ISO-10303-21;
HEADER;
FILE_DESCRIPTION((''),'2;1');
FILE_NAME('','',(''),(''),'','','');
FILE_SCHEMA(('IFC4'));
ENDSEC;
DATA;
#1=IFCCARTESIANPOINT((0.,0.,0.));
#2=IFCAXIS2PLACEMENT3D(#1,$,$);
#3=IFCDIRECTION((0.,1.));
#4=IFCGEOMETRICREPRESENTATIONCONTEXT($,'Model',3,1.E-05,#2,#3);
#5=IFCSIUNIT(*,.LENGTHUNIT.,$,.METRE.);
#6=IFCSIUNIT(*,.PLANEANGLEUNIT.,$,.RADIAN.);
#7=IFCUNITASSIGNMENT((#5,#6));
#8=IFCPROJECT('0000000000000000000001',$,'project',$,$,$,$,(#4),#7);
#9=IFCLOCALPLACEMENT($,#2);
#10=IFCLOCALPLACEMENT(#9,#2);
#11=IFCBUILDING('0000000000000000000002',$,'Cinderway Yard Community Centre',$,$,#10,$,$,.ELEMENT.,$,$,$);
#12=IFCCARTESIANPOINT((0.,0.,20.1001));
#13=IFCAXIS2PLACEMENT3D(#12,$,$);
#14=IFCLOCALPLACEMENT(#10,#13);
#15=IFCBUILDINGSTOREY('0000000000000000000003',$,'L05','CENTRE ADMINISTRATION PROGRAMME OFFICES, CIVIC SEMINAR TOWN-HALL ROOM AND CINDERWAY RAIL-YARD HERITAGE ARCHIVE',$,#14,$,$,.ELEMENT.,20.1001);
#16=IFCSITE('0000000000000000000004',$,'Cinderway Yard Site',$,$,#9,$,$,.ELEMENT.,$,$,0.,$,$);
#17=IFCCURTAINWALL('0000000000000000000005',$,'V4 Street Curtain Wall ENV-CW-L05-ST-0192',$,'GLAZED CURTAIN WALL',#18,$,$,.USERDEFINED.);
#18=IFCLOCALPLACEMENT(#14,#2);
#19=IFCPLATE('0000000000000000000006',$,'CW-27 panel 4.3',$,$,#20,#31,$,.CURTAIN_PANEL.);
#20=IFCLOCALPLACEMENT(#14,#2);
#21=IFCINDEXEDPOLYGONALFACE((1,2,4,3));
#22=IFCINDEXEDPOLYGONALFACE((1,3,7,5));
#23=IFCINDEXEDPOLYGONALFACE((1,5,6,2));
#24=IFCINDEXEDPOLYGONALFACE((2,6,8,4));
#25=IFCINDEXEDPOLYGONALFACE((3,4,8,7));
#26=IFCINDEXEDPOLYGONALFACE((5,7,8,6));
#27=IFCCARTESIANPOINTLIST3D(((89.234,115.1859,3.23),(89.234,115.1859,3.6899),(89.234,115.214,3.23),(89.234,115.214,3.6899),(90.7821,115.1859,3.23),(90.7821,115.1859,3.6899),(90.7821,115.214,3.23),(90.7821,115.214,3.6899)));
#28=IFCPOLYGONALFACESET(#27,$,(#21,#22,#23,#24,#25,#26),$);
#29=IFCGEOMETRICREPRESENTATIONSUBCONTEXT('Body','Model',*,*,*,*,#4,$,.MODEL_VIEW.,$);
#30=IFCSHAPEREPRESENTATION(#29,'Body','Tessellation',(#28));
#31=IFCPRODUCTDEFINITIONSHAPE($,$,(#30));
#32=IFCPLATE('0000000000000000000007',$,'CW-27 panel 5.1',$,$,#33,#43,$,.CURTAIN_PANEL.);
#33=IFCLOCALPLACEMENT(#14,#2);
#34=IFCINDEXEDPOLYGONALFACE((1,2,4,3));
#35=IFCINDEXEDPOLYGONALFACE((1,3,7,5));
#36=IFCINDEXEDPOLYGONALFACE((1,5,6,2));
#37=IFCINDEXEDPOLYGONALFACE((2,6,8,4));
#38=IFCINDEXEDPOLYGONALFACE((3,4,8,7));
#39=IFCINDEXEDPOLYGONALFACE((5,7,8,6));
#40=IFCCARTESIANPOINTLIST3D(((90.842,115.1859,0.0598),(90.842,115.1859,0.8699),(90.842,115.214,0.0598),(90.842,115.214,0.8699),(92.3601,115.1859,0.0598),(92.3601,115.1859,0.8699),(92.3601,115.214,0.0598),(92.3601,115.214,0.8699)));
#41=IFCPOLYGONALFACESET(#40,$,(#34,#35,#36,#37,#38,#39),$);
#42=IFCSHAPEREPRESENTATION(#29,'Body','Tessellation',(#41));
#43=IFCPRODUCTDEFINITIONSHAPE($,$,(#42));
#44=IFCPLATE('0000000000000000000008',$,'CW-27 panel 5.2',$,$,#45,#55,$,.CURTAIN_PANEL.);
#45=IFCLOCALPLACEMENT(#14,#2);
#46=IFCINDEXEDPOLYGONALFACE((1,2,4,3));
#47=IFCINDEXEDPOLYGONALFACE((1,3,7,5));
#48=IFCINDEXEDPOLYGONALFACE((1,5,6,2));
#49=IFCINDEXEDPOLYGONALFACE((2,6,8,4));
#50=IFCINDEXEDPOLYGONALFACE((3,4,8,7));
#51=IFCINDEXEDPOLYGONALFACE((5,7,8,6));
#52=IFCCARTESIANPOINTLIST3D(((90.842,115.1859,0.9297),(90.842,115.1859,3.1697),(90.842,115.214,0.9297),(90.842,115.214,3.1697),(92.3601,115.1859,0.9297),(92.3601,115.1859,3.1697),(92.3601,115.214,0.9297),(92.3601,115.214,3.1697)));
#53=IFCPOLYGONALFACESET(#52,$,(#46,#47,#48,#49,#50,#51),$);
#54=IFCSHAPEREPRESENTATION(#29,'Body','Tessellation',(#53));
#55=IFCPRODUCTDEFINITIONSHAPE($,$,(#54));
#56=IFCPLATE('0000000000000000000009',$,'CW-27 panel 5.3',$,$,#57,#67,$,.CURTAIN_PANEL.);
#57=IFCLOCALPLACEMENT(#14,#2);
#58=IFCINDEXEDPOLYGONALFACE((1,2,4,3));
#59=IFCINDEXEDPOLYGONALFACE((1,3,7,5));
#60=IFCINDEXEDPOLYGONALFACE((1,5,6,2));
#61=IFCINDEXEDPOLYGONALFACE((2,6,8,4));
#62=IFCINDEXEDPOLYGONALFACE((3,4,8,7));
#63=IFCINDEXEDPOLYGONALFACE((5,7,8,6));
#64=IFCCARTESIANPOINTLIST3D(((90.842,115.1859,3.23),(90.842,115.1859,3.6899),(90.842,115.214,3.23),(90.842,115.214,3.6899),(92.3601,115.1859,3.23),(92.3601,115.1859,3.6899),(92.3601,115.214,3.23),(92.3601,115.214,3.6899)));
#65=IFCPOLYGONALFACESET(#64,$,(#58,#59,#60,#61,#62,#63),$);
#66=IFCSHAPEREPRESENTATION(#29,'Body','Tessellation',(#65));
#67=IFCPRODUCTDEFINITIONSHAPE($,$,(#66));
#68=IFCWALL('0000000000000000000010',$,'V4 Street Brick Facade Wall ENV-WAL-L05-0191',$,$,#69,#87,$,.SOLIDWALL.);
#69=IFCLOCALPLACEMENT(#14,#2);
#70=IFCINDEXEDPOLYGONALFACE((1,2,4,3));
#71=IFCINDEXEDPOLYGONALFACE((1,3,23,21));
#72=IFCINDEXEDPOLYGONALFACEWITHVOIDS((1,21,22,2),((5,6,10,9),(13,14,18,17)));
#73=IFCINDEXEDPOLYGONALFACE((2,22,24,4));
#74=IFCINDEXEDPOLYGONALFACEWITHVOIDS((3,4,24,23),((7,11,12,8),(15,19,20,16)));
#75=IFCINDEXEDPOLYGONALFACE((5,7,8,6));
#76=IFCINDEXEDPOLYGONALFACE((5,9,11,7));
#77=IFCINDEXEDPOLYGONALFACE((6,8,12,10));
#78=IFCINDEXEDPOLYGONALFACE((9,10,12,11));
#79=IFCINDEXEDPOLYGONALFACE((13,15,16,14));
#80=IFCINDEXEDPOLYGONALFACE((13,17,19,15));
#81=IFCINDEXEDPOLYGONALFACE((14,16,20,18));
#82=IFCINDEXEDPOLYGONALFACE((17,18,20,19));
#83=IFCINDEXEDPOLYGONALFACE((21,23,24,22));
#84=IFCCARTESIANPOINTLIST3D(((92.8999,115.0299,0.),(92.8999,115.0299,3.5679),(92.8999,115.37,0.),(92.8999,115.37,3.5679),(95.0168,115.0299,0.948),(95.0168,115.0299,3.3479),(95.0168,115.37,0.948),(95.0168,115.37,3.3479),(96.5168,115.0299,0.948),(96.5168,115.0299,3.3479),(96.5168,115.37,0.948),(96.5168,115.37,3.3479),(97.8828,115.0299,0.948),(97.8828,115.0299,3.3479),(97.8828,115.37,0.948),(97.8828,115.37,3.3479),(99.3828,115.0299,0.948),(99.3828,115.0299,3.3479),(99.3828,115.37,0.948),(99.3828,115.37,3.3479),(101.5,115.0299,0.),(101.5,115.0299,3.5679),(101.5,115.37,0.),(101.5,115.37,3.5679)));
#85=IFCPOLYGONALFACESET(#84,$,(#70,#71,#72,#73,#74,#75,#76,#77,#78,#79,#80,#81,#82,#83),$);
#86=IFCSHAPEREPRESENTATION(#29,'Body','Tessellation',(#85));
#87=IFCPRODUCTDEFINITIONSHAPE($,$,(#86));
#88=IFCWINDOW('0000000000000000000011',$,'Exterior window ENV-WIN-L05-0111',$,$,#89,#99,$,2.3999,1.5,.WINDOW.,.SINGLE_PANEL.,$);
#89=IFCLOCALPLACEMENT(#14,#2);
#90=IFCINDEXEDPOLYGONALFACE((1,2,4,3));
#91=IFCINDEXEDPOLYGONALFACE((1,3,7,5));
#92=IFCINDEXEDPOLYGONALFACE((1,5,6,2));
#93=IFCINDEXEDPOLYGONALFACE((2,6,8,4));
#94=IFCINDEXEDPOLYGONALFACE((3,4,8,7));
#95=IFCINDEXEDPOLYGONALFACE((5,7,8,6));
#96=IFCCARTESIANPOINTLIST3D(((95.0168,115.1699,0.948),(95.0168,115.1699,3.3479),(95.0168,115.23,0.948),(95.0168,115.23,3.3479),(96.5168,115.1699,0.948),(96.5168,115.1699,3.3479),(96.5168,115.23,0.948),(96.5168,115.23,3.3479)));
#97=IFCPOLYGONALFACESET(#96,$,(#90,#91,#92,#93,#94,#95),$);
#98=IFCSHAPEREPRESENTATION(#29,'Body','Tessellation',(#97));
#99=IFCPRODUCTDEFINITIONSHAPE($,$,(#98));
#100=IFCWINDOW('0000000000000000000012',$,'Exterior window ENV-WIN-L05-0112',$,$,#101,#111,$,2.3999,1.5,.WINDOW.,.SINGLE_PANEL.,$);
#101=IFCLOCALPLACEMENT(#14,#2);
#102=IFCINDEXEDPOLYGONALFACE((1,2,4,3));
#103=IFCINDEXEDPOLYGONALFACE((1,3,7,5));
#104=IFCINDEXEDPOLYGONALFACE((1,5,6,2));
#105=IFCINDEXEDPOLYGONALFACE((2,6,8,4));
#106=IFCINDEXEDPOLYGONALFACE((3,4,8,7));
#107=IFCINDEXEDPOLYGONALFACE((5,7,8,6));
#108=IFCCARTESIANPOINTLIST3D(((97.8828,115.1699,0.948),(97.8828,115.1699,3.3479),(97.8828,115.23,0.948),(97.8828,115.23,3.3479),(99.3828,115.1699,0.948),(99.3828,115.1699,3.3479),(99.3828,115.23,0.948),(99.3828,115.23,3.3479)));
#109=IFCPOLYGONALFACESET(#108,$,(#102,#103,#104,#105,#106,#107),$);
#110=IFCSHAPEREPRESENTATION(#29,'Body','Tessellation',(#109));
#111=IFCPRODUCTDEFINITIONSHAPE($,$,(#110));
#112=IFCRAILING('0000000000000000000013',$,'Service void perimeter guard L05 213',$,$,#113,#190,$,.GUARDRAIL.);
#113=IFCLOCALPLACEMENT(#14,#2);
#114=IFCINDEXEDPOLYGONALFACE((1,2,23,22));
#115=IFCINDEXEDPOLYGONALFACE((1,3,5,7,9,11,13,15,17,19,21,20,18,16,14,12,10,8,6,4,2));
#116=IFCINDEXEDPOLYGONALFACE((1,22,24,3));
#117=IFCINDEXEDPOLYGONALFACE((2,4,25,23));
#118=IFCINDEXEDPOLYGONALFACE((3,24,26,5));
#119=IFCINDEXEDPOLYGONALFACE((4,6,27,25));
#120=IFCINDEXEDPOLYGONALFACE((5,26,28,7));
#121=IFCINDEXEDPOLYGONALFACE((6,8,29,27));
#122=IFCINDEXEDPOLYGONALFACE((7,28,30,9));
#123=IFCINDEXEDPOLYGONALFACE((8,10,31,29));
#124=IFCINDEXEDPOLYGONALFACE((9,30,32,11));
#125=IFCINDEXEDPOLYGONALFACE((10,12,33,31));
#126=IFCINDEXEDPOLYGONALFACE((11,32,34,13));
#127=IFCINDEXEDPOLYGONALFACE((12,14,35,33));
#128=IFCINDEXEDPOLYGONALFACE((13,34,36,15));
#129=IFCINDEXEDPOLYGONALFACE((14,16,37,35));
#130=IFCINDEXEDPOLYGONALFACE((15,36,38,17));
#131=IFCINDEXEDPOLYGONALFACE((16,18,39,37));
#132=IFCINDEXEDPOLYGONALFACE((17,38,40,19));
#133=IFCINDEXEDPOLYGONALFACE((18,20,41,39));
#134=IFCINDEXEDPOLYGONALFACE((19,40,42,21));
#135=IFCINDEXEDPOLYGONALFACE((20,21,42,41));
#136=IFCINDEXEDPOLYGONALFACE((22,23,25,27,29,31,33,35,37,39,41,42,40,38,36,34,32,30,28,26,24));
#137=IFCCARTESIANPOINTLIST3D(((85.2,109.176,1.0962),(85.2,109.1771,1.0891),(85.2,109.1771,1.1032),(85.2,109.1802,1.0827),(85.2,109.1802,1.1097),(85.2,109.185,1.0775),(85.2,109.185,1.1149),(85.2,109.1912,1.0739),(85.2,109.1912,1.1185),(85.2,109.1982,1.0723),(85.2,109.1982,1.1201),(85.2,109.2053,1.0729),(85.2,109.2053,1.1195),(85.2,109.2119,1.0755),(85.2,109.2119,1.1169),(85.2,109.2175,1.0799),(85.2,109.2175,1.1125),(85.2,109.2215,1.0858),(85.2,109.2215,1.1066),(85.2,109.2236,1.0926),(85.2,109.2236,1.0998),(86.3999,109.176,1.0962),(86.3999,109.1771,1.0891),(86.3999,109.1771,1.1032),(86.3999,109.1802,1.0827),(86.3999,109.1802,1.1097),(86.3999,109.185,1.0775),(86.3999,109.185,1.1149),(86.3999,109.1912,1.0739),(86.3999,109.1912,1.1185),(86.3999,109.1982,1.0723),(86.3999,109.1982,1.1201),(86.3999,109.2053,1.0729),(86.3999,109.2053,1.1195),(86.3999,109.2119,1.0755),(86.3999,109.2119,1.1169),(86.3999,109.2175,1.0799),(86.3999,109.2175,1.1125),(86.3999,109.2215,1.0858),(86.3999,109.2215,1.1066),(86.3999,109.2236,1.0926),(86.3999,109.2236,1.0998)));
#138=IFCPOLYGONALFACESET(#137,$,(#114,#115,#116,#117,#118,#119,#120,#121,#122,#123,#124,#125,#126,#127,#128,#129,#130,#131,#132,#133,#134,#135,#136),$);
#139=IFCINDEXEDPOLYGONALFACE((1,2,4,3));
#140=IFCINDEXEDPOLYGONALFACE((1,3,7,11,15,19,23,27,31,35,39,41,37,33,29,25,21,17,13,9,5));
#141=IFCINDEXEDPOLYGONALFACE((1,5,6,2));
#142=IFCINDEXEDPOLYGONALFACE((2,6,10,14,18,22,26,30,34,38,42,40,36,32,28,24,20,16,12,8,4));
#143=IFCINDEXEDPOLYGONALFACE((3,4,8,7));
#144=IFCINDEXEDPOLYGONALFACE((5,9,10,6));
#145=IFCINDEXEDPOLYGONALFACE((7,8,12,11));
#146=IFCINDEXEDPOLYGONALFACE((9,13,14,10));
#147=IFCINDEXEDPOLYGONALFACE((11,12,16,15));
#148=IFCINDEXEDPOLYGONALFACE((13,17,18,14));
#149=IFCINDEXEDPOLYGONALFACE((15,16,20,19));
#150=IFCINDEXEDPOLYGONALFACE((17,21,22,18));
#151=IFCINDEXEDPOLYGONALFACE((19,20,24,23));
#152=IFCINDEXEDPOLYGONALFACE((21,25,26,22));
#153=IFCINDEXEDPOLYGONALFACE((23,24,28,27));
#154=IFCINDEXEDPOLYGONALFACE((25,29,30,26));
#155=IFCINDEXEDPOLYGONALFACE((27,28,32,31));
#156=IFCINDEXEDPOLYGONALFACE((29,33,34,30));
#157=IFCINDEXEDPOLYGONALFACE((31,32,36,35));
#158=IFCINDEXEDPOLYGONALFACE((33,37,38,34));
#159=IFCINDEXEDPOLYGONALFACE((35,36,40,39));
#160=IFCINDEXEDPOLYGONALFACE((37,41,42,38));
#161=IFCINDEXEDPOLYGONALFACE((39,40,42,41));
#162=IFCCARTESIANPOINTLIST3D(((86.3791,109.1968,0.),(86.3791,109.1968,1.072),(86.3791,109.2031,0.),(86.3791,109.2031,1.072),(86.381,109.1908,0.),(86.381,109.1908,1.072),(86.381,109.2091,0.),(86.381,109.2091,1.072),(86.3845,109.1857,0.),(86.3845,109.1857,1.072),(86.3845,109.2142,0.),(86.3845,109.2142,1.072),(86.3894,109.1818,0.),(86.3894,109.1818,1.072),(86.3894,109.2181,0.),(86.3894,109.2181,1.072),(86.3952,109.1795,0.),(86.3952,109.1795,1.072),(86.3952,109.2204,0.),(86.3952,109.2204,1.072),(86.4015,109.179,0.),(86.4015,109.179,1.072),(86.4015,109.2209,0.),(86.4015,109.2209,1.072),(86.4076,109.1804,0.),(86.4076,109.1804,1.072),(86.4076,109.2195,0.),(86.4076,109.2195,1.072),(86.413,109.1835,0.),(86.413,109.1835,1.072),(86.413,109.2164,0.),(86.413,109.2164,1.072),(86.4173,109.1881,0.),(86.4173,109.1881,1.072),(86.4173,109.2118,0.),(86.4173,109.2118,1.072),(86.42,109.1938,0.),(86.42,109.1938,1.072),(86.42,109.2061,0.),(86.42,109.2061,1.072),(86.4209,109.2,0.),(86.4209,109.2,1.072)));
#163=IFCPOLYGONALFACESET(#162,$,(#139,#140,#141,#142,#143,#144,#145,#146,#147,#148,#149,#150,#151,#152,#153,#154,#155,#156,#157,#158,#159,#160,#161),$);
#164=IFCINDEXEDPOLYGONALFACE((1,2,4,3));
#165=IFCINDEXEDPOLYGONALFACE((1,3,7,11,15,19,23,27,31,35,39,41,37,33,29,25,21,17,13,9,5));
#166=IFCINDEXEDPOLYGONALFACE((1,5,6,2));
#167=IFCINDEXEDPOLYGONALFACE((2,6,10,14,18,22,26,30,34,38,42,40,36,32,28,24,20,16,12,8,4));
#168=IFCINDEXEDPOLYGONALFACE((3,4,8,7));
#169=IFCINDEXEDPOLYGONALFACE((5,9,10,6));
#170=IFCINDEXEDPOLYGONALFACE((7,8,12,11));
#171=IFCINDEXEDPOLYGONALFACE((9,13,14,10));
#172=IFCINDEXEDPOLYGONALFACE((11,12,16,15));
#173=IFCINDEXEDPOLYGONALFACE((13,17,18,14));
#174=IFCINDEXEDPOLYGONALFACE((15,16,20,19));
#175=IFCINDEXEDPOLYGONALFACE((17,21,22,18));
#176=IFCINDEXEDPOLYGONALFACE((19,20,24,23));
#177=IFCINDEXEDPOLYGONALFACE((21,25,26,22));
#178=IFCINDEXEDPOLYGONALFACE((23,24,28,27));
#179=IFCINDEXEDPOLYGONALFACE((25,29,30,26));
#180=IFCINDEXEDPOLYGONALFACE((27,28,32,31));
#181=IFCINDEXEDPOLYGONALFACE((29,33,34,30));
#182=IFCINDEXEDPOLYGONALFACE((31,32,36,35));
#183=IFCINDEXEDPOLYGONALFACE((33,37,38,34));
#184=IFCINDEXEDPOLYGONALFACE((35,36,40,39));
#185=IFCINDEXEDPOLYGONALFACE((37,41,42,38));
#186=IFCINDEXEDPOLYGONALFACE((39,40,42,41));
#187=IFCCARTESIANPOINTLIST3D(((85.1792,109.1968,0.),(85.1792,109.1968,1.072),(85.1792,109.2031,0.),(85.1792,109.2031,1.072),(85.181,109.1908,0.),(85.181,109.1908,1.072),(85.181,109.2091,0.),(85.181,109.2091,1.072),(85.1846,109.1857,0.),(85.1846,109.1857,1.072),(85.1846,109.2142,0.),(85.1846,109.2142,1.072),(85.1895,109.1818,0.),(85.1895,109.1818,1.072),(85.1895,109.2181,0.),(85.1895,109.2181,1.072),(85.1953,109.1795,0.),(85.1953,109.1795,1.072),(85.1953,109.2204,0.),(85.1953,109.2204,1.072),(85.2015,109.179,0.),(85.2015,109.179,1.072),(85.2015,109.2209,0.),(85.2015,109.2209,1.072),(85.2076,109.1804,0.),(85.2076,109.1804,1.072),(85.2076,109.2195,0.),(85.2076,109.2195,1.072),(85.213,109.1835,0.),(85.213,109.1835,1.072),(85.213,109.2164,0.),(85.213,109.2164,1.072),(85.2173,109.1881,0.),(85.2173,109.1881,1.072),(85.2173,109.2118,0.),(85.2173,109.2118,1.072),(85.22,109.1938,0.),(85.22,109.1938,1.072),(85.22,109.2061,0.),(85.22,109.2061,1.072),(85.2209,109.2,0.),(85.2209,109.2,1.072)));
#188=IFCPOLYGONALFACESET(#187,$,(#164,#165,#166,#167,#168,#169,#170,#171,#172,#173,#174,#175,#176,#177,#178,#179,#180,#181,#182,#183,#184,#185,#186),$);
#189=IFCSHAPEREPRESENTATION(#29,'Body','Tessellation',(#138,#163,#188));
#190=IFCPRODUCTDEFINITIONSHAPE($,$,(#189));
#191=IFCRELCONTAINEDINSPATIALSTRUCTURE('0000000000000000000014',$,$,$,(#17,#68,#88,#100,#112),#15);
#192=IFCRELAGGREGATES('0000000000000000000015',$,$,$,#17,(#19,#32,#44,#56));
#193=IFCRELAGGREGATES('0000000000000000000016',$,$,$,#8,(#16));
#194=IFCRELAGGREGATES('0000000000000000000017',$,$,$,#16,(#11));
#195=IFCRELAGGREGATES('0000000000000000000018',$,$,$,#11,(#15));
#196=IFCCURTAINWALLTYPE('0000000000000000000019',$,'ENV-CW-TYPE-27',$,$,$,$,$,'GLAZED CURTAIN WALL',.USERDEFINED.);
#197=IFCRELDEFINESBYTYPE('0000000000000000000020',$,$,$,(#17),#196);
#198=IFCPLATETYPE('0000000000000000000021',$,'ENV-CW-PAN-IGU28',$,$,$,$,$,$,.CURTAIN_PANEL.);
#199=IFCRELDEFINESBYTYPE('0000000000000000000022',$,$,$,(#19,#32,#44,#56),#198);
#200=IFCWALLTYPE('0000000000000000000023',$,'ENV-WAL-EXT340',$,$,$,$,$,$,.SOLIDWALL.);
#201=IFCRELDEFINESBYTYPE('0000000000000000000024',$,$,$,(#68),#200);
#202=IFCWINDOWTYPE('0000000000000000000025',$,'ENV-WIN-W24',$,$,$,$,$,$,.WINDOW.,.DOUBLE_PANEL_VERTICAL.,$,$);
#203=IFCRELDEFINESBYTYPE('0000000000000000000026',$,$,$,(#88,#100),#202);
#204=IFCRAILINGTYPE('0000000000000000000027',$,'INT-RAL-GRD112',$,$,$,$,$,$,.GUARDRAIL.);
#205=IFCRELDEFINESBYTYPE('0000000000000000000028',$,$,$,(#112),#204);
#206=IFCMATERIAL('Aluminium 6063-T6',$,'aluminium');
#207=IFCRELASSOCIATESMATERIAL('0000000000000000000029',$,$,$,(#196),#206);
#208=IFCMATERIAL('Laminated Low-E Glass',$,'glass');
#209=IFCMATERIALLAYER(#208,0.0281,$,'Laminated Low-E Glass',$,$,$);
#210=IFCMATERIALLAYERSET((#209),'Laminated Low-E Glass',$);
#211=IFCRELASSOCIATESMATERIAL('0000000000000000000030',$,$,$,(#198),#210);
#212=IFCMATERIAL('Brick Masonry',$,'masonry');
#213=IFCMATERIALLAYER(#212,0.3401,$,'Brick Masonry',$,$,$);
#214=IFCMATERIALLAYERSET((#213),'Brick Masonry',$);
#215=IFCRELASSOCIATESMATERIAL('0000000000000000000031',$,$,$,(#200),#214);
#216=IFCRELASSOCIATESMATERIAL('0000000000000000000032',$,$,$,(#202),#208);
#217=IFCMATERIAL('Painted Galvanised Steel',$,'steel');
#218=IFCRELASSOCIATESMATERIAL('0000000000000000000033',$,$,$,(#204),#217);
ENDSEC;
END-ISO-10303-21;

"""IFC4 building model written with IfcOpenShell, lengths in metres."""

from ifc_helpers import new_model, si_unit, direction, frame, frame_2d, origin, origin_2d, place, context, subcontext, project, spatial, rectangle, circle, extrude, material, layer, layer_set, type_object, element, fill, aggregate, save


model = new_model("IFC4")

# Units and contexts
model_context = context("Model", 3, precision=1e-05, world=origin(), true_north=direction((0.0, 1.0)))
body_context = subcontext(model_context, "Body", "Model", "MODEL_VIEW")
ifc_project = project(units=[si_unit("LENGTHUNIT", "METRE"), si_unit("PLANEANGLEUNIT", "RADIAN")], contexts=[model_context])

# Site, building, storey
site_placement = place(None, origin())
site = spatial("IfcSite", under=ifc_project, at=site_placement, Name="Cinderway Yard Site", CompositionType="ELEMENT", RefElevation=0.0)
building_placement = place(site_placement, origin())
building = spatial("IfcBuilding", under=site, at=building_placement, Name="Cinderway Yard Community Centre", CompositionType="ELEMENT")
storey_placement = place(building_placement, frame((0.0, 0.0, 20.1001)))
storey = spatial("IfcBuildingStorey", under=building, at=storey_placement, Name="L05", Description="CENTRE ADMINISTRATION PROGRAMME OFFICES, CIVIC SEMINAR TOWN-HALL ROOM AND CINDERWAY RAIL-YARD HERITAGE ARCHIVE", CompositionType="ELEMENT", Elevation=20.1001)

# Curtain wall
ifc_material_1 = material(Name="Aluminium 6063-T6", Category="aluminium")
curtain_wall_type = type_object("IfcCurtainWallType", Name="ENV-CW-TYPE-27", ElementType="GLAZED CURTAIN WALL", PredefinedType="USERDEFINED", material=ifc_material_1)
curtain_wall_placement = place(storey_placement, origin())
curtain_wall = element("IfcCurtainWall", 1, at=curtain_wall_placement, inside=storey, type_object=curtain_wall_type, Name="V4 Street Curtain Wall ENV-CW-L05-ST-0192", ObjectType="GLAZED CURTAIN WALL", PredefinedType="USERDEFINED")

# Plates
ifc_material_2 = material(Name="Laminated Low-E Glass", Category="glass")
ifc_layer_1 = layer(ifc_material_2, 0.0281, Name="Laminated Low-E Glass")
ifc_layer_set_1 = layer_set([ifc_layer_1], Name="Laminated Low-E Glass")
plate_type = type_object("IfcPlateType", Name="ENV-CW-PAN-IGU28", PredefinedType="CURTAIN_PANEL", material=ifc_layer_set_1)
plate_1_placement = place(storey_placement, frame((90.0081, 115.2, 3.23), z_axis=(0.0, 0.0, 1.0), x_axis=(1.0, 0.0, 0.0)))
plate_1 = element("IfcPlate", 2, at=plate_1_placement, type_object=plate_type, Name="CW-27 panel 4.3", PredefinedType="CURTAIN_PANEL", context=body_context, shape_type="SweptSolid", body=[
    extrude(rectangle(XDim=1.5481, YDim=0.0281, at=origin_2d()), origin(), (0.0, 0.0, 1.0), 0.46),
])
plate_2_placement = place(storey_placement, frame((91.6011, 115.2, 0.0598), z_axis=(0.0, 0.0, 1.0), x_axis=(1.0, 0.0, 0.0)))
plate_2 = element("IfcPlate", 3, at=plate_2_placement, type_object=plate_type, Name="CW-27 panel 5.1", PredefinedType="CURTAIN_PANEL", context=body_context, shape_type="SweptSolid", body=[
    extrude(rectangle(XDim=1.5181, YDim=0.0281, at=origin_2d()), origin(), (0.0, 0.0, 1.0), 0.8101),
])
plate_3_placement = place(storey_placement, frame((91.6011, 115.2, 0.9297), z_axis=(0.0, 0.0, 1.0), x_axis=(1.0, 0.0, 0.0)))
plate_3 = element("IfcPlate", 4, at=plate_3_placement, type_object=plate_type, Name="CW-27 panel 5.2", PredefinedType="CURTAIN_PANEL", context=body_context, shape_type="SweptSolid", body=[
    extrude(rectangle(XDim=1.5181, YDim=0.0281, at=origin_2d()), origin(), (0.0, 0.0, 1.0), 2.24),
])
plate_4_placement = place(storey_placement, frame((91.6011, 115.2, 3.23), z_axis=(0.0, 0.0, 1.0), x_axis=(1.0, 0.0, 0.0)))
plate_4 = element("IfcPlate", 5, at=plate_4_placement, type_object=plate_type, Name="CW-27 panel 5.3", PredefinedType="CURTAIN_PANEL", context=body_context, shape_type="SweptSolid", body=[
    extrude(rectangle(XDim=1.5181, YDim=0.0281, at=origin_2d()), origin(), (0.0, 0.0, 1.0), 0.46),
])
aggregate(curtain_wall, [plate_1, plate_2, plate_3, plate_4])

# Wall, openings, windows
ifc_material_3 = material(Name="Brick Masonry", Category="masonry")
ifc_layer_2 = layer(ifc_material_3, 0.3401, Name="Brick Masonry")
ifc_layer_set_2 = layer_set([ifc_layer_2], Name="Brick Masonry")
wall_type = type_object("IfcWallType", Name="ENV-WAL-EXT340", PredefinedType="SOLIDWALL", material=ifc_layer_set_2)
wall_placement = place(storey_placement, frame((92.8999, 115.2, 0.0), z_axis=(0.0, 0.0, 1.0), x_axis=(1.0, 0.0, 0.0)))
wall = element("IfcWall", 6, at=wall_placement, inside=storey, type_object=wall_type, Name="V4 Street Brick Facade Wall ENV-WAL-L05-0191", PredefinedType="SOLIDWALL", context=body_context, shape_type="SweptSolid", body=[
    extrude(rectangle(XDim=8.6001, YDim=0.3401, at=frame_2d((4.3, 0.0))), origin(), (0.0, 0.0, 1.0), 3.5679),
])
opening_1_placement = place(wall_placement, frame((2.1169, 0.0, 0.948)))
opening_1 = element("IfcOpeningElement", 7, at=opening_1_placement, cuts=wall, PredefinedType="OPENING", context=body_context, shape_type="SweptSolid", body=[
    extrude(rectangle(XDim=1.5, YDim=2.3999, at=frame_2d((0.75, 1.2))), frame((0.0, 0.1799, 0.0), z_axis=(0.0, -1.0, 0.0), x_axis=(1.0, 0.0, 0.0)), (0.0, 0.0, 1.0), 0.3601),
])
opening_2_placement = place(wall_placement, frame((4.9829, 0.0, 0.948)))
opening_2 = element("IfcOpeningElement", 8, at=opening_2_placement, cuts=wall, PredefinedType="OPENING", context=body_context, shape_type="SweptSolid", body=[
    extrude(rectangle(XDim=1.5, YDim=2.3999, at=frame_2d((0.75, 1.2))), frame((0.0, 0.1799, 0.0), z_axis=(0.0, -1.0, 0.0), x_axis=(1.0, 0.0, 0.0)), (0.0, 0.0, 1.0), 0.3601),
])
window_type = type_object("IfcWindowType", Name="ENV-WIN-W24", PartitioningType="DOUBLE_PANEL_VERTICAL", PredefinedType="WINDOW", material=ifc_material_2)
window_1_placement = place(opening_1_placement, origin())
window_1 = element("IfcWindow", 9, at=window_1_placement, inside=storey, type_object=window_type, Name="Exterior window ENV-WIN-L05-0111", OverallHeight=2.3999, OverallWidth=1.5, PartitioningType="SINGLE_PANEL", PredefinedType="WINDOW", context=body_context, shape_type="SweptSolid", body=[
    extrude(rectangle(XDim=1.5, YDim=2.3999, at=frame_2d((0.75, 1.2))), frame((0.0, 0.03, 0.0), z_axis=(0.0, -1.0, 0.0), x_axis=(1.0, 0.0, 0.0)), (0.0, 0.0, 1.0), 0.0601),
])
fill(opening_1, window_1)
window_2_placement = place(opening_2_placement, origin())
window_2 = element("IfcWindow", 10, at=window_2_placement, inside=storey, type_object=window_type, Name="Exterior window ENV-WIN-L05-0112", OverallHeight=2.3999, OverallWidth=1.5, PartitioningType="SINGLE_PANEL", PredefinedType="WINDOW", context=body_context, shape_type="SweptSolid", body=[
    extrude(rectangle(XDim=1.5, YDim=2.3999, at=frame_2d((0.75, 1.2))), frame((0.0, 0.03, 0.0), z_axis=(0.0, -1.0, 0.0), x_axis=(1.0, 0.0, 0.0)), (0.0, 0.0, 1.0), 0.0601),
])
fill(opening_2, window_2)

# Railing
ifc_material_4 = material(Name="Painted Galvanised Steel", Category="steel")
railing_type = type_object("IfcRailingType", Name="INT-RAL-GRD112", PredefinedType="GUARDRAIL", material=ifc_material_4)
railing_placement = place(storey_placement, frame((86.3999, 109.2, 0.0)))
element("IfcRailing", 11, at=railing_placement, inside=storey, type_object=railing_type, Name="Service void perimeter guard L05 213", PredefinedType="GUARDRAIL", context=body_context, shape_type="SweptSolid", body=[
    extrude(circle(Radius=0.0239, at=origin_2d()), frame((0.0, 0.0, 1.0962), z_axis=(-1.0, 0.0, 0.0), x_axis=(0.0, -1.0, 0.0)), (0.0, 0.0, 1.0), 1.2),
    extrude(circle(Radius=0.021, at=origin_2d()), origin(), (0.0, 0.0, 1.0), 1.072),
    extrude(circle(Radius=0.021, at=origin_2d()), frame((-1.2, 0.0, 0.0)), (0.0, 0.0, 1.0), 1.072),
])

save(model, "model.ifc")
